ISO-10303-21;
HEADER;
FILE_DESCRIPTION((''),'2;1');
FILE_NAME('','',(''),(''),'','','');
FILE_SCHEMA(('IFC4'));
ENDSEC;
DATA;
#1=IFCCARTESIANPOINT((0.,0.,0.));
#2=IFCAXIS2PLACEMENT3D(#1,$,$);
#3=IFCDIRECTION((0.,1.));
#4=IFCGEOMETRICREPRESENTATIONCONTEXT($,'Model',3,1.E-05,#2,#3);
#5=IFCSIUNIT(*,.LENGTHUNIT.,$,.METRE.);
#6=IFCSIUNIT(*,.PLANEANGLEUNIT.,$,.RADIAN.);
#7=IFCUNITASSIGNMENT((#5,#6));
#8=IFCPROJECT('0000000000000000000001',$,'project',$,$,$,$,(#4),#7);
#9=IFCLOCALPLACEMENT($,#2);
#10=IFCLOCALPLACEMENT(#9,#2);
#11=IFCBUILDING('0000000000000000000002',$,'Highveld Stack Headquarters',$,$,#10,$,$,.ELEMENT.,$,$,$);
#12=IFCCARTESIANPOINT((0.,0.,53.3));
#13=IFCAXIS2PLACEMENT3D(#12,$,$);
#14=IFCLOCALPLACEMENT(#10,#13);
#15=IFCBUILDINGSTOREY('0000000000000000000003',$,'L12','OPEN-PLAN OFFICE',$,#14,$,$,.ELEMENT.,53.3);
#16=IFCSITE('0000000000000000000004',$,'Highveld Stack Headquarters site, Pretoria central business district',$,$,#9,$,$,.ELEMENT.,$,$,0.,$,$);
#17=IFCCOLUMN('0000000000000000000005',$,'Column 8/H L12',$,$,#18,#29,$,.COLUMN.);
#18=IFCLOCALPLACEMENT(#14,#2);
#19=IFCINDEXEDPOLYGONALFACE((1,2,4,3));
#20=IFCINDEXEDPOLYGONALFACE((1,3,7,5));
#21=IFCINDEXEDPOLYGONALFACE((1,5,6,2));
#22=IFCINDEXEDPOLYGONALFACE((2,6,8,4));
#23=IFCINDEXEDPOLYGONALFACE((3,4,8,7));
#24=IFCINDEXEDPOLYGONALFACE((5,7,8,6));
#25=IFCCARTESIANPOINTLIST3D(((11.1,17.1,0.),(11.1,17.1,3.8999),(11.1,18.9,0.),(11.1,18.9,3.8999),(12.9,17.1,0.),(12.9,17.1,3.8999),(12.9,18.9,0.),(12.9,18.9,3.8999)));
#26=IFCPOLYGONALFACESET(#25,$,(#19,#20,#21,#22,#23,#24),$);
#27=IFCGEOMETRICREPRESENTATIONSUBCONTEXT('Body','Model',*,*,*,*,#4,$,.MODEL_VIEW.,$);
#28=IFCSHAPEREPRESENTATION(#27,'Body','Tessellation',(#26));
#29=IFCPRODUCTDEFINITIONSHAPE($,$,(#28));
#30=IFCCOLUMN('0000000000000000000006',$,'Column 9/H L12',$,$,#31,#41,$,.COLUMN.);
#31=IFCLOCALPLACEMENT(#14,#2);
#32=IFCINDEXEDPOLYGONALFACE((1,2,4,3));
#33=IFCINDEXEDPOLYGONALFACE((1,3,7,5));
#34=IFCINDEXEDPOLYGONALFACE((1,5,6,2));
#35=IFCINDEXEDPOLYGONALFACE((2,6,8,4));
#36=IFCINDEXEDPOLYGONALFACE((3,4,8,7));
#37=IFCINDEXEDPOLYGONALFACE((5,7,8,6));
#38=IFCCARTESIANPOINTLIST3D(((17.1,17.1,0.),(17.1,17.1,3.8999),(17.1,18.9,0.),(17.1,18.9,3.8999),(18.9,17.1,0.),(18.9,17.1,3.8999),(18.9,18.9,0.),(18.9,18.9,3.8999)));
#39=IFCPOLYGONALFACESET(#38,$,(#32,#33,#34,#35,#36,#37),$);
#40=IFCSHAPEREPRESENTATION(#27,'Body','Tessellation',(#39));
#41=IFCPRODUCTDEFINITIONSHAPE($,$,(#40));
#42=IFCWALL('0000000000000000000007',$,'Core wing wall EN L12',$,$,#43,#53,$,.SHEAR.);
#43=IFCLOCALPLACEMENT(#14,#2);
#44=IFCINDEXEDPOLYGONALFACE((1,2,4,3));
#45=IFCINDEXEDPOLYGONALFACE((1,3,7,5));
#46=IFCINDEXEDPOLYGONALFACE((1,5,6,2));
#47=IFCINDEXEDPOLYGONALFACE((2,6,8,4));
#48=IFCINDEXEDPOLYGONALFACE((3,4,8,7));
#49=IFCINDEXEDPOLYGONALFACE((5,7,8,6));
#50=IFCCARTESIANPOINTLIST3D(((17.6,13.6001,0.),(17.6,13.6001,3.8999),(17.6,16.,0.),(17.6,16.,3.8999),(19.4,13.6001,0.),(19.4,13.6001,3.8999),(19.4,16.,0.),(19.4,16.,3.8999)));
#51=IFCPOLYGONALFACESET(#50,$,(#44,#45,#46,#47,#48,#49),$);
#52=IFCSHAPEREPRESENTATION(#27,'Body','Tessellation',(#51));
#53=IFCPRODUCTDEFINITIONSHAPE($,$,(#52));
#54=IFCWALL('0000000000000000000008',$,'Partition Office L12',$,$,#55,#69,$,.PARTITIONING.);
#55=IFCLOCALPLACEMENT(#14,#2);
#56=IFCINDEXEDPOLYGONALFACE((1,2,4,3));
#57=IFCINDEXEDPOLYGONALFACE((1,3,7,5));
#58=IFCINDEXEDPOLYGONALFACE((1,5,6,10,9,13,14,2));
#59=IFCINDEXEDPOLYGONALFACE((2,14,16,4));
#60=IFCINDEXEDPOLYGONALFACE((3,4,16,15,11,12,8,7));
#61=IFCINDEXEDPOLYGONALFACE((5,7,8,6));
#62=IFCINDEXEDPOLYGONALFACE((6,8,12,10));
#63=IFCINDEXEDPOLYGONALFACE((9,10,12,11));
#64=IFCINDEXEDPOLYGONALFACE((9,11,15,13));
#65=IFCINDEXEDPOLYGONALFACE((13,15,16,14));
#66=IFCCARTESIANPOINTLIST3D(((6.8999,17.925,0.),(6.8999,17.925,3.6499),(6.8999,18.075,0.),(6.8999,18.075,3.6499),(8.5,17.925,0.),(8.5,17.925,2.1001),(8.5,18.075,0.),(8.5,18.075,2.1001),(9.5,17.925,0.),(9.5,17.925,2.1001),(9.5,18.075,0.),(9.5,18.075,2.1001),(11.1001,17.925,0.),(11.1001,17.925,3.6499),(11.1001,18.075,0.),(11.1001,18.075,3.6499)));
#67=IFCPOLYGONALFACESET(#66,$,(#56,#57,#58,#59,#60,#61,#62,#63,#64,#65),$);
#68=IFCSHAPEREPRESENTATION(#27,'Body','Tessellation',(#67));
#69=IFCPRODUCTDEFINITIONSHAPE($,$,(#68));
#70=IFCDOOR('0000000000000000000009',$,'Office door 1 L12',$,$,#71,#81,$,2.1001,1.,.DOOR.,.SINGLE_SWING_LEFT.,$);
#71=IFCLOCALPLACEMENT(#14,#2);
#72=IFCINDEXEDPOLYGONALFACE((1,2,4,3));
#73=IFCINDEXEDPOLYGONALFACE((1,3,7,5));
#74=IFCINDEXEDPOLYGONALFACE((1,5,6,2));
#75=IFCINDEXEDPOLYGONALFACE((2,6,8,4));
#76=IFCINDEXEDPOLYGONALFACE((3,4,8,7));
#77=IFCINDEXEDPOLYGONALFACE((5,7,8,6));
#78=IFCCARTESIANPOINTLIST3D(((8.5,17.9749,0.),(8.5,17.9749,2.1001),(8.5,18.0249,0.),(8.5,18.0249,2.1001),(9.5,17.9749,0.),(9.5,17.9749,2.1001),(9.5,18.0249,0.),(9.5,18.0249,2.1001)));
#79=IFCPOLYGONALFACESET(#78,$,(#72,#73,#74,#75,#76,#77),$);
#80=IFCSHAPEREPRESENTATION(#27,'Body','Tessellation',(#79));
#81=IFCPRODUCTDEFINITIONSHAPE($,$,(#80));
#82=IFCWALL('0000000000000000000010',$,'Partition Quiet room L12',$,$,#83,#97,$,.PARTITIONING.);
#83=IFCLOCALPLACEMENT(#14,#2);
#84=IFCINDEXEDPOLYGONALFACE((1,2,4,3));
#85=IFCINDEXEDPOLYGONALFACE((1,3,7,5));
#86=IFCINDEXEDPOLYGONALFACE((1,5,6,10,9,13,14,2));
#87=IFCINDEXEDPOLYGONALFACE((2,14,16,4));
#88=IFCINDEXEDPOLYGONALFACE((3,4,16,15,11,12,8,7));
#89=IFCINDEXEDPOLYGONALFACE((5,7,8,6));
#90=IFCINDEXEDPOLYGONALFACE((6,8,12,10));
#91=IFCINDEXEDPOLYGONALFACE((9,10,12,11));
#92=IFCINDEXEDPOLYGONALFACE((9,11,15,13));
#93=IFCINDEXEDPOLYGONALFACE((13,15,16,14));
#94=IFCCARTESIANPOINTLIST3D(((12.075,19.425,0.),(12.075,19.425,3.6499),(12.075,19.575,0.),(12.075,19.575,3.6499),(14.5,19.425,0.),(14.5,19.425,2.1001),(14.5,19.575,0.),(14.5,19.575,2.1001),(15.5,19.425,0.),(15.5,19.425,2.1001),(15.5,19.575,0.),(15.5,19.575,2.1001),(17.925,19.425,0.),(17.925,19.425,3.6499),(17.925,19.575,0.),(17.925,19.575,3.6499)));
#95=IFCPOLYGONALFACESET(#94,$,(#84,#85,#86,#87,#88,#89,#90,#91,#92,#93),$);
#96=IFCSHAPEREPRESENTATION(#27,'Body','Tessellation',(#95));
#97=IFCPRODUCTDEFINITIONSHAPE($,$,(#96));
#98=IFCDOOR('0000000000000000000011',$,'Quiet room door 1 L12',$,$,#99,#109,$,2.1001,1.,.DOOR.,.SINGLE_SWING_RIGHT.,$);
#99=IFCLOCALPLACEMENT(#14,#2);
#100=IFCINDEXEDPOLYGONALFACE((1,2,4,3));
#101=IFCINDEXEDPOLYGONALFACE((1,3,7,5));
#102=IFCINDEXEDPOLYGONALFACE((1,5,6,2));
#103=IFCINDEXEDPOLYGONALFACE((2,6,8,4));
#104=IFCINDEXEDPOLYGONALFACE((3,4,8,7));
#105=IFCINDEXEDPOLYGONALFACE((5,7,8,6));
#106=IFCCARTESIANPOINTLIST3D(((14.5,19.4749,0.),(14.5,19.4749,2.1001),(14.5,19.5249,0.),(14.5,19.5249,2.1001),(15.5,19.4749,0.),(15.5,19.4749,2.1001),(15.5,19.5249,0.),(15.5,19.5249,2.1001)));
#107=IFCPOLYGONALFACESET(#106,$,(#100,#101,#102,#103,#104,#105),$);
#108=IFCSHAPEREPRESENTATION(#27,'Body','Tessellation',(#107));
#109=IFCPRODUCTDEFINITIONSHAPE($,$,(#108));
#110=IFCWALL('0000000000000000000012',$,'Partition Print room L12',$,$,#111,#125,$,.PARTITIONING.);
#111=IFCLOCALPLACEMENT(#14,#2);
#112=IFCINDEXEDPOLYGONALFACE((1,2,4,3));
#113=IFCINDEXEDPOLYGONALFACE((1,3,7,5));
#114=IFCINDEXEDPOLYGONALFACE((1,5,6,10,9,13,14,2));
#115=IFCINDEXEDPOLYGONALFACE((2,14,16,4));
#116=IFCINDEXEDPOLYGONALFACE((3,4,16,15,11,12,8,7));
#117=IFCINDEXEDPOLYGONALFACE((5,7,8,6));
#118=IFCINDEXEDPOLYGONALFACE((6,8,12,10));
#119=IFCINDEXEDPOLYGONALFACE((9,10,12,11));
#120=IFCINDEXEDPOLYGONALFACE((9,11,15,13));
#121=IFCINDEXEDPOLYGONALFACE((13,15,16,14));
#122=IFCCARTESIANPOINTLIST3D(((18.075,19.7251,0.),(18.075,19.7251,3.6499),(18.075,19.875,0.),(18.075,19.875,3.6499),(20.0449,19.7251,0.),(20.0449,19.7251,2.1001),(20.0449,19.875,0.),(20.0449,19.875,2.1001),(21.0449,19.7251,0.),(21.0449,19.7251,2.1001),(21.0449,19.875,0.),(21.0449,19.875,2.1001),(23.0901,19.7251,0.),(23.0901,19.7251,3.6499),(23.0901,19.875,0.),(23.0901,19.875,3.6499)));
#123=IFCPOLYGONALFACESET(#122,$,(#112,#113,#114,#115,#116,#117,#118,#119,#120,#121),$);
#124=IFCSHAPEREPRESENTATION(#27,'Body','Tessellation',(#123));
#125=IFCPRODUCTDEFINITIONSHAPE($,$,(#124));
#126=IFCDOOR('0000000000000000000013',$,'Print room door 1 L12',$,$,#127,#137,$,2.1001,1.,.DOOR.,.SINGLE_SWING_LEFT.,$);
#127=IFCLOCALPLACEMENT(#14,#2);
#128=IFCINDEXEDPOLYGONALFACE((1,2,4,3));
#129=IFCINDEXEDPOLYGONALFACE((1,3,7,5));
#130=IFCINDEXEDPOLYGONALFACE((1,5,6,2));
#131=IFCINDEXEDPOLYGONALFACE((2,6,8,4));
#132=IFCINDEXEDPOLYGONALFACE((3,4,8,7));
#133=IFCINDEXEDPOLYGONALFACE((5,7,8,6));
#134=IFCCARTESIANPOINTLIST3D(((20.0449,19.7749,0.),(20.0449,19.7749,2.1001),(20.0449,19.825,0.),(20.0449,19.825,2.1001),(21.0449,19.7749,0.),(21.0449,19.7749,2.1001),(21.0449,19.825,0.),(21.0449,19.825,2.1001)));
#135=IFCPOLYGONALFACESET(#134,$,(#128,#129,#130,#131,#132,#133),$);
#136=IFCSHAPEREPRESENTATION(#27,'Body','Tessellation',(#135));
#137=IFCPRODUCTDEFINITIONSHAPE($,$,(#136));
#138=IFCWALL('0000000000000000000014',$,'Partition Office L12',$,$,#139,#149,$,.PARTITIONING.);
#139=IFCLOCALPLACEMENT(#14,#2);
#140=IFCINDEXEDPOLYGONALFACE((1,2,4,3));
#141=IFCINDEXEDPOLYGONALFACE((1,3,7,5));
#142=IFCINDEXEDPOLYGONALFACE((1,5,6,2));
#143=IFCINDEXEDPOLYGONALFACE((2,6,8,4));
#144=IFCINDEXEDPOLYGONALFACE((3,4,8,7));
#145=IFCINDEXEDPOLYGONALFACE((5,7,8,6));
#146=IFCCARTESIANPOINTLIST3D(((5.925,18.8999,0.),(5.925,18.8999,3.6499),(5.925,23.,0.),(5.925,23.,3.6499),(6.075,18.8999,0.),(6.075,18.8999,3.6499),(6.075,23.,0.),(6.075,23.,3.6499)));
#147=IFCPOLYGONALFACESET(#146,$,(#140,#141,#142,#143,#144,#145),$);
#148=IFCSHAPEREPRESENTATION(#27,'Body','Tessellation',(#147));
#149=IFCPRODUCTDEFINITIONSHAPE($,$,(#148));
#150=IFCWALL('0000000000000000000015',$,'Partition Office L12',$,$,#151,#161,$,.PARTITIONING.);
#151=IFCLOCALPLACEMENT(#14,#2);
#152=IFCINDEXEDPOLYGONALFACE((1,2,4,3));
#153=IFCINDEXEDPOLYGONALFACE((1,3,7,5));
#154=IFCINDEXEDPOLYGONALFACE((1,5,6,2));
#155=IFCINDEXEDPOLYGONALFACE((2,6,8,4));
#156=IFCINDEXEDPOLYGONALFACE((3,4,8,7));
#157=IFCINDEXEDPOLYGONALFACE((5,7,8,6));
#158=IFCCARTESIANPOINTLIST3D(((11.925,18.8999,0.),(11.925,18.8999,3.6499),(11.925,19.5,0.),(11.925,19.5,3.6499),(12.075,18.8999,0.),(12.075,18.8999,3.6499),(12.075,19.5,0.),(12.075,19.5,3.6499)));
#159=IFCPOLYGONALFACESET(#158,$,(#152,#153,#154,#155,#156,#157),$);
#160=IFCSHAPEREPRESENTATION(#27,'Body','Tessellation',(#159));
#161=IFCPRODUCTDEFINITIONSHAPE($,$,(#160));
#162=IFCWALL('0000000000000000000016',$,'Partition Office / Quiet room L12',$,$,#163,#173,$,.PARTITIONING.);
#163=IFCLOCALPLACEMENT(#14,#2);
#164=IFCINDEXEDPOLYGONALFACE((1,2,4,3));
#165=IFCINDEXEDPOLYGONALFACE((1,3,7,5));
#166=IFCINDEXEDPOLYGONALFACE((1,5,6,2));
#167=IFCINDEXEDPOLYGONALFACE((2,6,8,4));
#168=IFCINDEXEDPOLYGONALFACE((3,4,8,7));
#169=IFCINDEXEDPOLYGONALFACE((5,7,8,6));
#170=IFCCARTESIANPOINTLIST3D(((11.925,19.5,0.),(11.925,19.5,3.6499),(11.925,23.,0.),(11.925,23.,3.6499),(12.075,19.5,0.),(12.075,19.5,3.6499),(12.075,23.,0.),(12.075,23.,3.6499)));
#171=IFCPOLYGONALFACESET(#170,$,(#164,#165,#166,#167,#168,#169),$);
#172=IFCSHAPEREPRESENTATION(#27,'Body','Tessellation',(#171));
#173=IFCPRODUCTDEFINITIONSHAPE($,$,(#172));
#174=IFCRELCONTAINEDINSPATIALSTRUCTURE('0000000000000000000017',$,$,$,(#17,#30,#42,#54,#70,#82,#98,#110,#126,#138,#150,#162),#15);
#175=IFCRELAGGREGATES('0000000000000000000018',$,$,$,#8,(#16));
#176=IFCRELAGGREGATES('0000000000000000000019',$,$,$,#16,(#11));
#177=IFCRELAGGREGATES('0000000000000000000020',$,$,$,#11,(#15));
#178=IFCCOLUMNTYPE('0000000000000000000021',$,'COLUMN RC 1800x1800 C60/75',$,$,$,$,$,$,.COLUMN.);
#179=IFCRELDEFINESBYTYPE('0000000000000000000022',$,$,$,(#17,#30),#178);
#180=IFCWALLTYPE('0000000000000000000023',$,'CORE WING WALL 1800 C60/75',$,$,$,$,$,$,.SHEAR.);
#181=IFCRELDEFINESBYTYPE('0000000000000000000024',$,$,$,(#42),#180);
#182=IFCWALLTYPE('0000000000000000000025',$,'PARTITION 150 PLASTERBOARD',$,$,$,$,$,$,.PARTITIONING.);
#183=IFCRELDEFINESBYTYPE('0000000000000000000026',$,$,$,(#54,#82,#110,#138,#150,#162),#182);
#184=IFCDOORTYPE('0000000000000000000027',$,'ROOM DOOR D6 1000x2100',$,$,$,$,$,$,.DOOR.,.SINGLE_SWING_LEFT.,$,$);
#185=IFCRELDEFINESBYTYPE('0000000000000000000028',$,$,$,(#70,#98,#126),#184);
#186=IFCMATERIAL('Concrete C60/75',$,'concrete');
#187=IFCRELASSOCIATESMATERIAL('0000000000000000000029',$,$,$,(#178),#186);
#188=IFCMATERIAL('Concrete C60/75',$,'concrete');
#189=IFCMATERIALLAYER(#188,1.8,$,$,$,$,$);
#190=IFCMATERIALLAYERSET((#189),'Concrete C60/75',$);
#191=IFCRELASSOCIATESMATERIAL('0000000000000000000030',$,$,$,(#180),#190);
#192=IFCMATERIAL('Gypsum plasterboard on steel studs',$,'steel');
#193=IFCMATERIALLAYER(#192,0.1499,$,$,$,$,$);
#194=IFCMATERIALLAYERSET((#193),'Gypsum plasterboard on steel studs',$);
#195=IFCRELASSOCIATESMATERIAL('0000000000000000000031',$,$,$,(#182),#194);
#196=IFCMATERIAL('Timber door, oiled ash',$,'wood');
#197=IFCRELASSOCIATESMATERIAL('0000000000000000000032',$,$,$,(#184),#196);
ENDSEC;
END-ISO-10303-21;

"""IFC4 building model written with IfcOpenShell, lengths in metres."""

from ifc_helpers import new_model, si_unit, direction, frame, frame_2d, origin, origin_2d, place, context, subcontext, project, spatial, rectangle, extrude, material, layer, layer_set, material_profile, profile_set, type_object, element, fill, save


model = new_model("IFC4")

# Units and contexts
model_context = context("Model", 3, precision=1e-05, world=origin(), true_north=direction((0.0, 1.0)))
body_context = subcontext(model_context, "Body", "Model", "MODEL_VIEW")
ifc_project = project(units=[si_unit("LENGTHUNIT", "METRE"), si_unit("PLANEANGLEUNIT", "RADIAN")], contexts=[model_context])

# Site, building, storey
site_placement = place(None, origin())
site = spatial("IfcSite", under=ifc_project, at=site_placement, Name="Highveld Stack Headquarters site, Pretoria central business district", CompositionType="ELEMENT", RefElevation=0.0)
building_placement = place(site_placement, origin())
building = spatial("IfcBuilding", under=site, at=building_placement, Name="Highveld Stack Headquarters", CompositionType="ELEMENT")
storey_placement = place(building_placement, frame((0.0, 0.0, 53.3)))
storey = spatial("IfcBuildingStorey", under=building, at=storey_placement, Name="L12", Description="OPEN-PLAN OFFICE", CompositionType="ELEMENT", Elevation=53.3)

# Columns
ifc_material_1 = material(Name="Concrete C60/75", Category="concrete")
ifc_material_profile = material_profile(ifc_material_1, rectangle(XDim=1.8, YDim=1.8, at=origin_2d()), Name="RC 1800x1800")
ifc_profile_set = profile_set([ifc_material_profile], Name="Concrete C60/75")
column_type = type_object("IfcColumnType", Name="COLUMN RC 1800x1800 C60/75", PredefinedType="COLUMN", material=ifc_profile_set)
for number, where, z_axis, x_axis, name in (
    (1, (12.0, 18.0, 0.0), (0.0, 0.0, 1.0), (1.0, 0.0, 0.0), "Column 8/H L12"),
    (2, (18.0, 18.0, 0.0), (0.0, 0.0, 1.0), (1.0, 0.0, 0.0), "Column 9/H L12"),
):
    element("IfcColumn", number, at=place(storey_placement, frame(where, z_axis=z_axis, x_axis=x_axis)), inside=storey, type_object=column_type, Name=name, PredefinedType="COLUMN", context=body_context, shape_type="SweptSolid", body=[
        extrude(rectangle(XDim=1.8, YDim=1.8, at=origin_2d()), origin(), (0.0, 0.0, 1.0), 3.8999),
    ])

# Wall
ifc_material_2 = material(Name="Concrete C60/75", Category="concrete")
ifc_layer_1 = layer(ifc_material_2, 1.8)
ifc_layer_set_1 = layer_set([ifc_layer_1], Name="Concrete C60/75")
wall_type_1 = type_object("IfcWallType", Name="CORE WING WALL 1800 C60/75", PredefinedType="SHEAR", material=ifc_layer_set_1)
wall_1_placement = place(storey_placement, frame((18.5, 13.6001, 0.0), z_axis=(0.0, 0.0, 1.0), x_axis=(0.0, 1.0, 0.0)))
element("IfcWall", 3, at=wall_1_placement, inside=storey, type_object=wall_type_1, Name="Core wing wall EN L12", PredefinedType="SHEAR", context=body_context, shape_type="SweptSolid", body=[
    extrude(rectangle(XDim=2.3999, YDim=1.8, at=frame_2d((1.2, 0.0))), origin(), (0.0, 0.0, 1.0), 3.8999),
])

# Walls, openings, doors
ifc_material_3 = material(Name="Gypsum plasterboard on steel studs", Category="steel")
ifc_layer_2 = layer(ifc_material_3, 0.1499)
ifc_layer_set_2 = layer_set([ifc_layer_2], Name="Gypsum plasterboard on steel studs")
wall_type_2 = type_object("IfcWallType", Name="PARTITION 150 PLASTERBOARD", PredefinedType="PARTITIONING", material=ifc_layer_set_2)
wall_2_placement = place(storey_placement, frame((6.8999, 18.0, 0.0), z_axis=(0.0, 0.0, 1.0), x_axis=(1.0, 0.0, 0.0)))
wall_2 = element("IfcWall", 4, at=wall_2_placement, inside=storey, type_object=wall_type_2, Name="Partition Office L12", PredefinedType="PARTITIONING", context=body_context, shape_type="SweptSolid", body=[
    extrude(rectangle(XDim=4.2002, YDim=0.1499, at=frame_2d((2.1001, 0.0))), origin(), (0.0, 0.0, 1.0), 3.6499),
])
opening_1_placement = place(wall_2_placement, frame((1.6001, 0.0, 0.0)))
opening_1 = element("IfcOpeningElement", 5, at=opening_1_placement, cuts=wall_2, PredefinedType="OPENING", context=body_context, shape_type="SweptSolid", body=[
    extrude(rectangle(XDim=1.0, YDim=2.1001, at=frame_2d((0.5, 1.05))), frame((0.0, 0.085, 0.0), z_axis=(0.0, -1.0, 0.0), x_axis=(1.0, 0.0, 0.0)), (0.0, 0.0, 1.0), 0.1699),
])
ifc_material_4 = material(Name="Timber door, oiled ash", Category="wood")
door_type = type_object("IfcDoorType", Name="ROOM DOOR D6 1000x2100", OperationType="SINGLE_SWING_LEFT", PredefinedType="DOOR", material=ifc_material_4)
door_1_placement = place(opening_1_placement, origin())
door_1 = element("IfcDoor", 6, at=door_1_placement, inside=storey, type_object=door_type, Name="Office door 1 L12", OperationType="SINGLE_SWING_LEFT", OverallHeight=2.1001, OverallWidth=1.0, PredefinedType="DOOR", context=body_context, shape_type="SweptSolid", body=[
    extrude(rectangle(XDim=1.0, YDim=2.1001, at=frame_2d((0.5, 1.05))), frame((0.0, 0.0249, 0.0), z_axis=(0.0, -1.0, 0.0), x_axis=(1.0, 0.0, 0.0)), (0.0, 0.0, 1.0), 0.05),
])
fill(opening_1, door_1)
wall_3_placement = place(storey_placement, frame((12.075, 19.5, 0.0), z_axis=(0.0, 0.0, 1.0), x_axis=(1.0, 0.0, 0.0)))
wall_3 = element("IfcWall", 7, at=wall_3_placement, inside=storey, type_object=wall_type_2, Name="Partition Quiet room L12", PredefinedType="PARTITIONING", context=body_context, shape_type="SweptSolid", body=[
    extrude(rectangle(XDim=5.8501, YDim=0.1499, at=frame_2d((2.925, 0.0))), origin(), (0.0, 0.0, 1.0), 3.6499),
])
opening_2_placement = place(wall_3_placement, frame((2.425, 0.0, 0.0)))
opening_2 = element("IfcOpeningElement", 8, at=opening_2_placement, cuts=wall_3, PredefinedType="OPENING", context=body_context, shape_type="SweptSolid", body=[
    extrude(rectangle(XDim=1.0, YDim=2.1001, at=frame_2d((0.5, 1.05))), frame((0.0, 0.085, 0.0), z_axis=(0.0, -1.0, 0.0), x_axis=(1.0, 0.0, 0.0)), (0.0, 0.0, 1.0), 0.1699),
])
door_2_placement = place(opening_2_placement, origin())
door_2 = element("IfcDoor", 9, at=door_2_placement, inside=storey, type_object=door_type, Name="Quiet room door 1 L12", OperationType="SINGLE_SWING_RIGHT", OverallHeight=2.1001, OverallWidth=1.0, PredefinedType="DOOR", context=body_context, shape_type="SweptSolid", body=[
    extrude(rectangle(XDim=1.0, YDim=2.1001, at=frame_2d((0.5, 1.05))), frame((0.0, 0.0249, 0.0), z_axis=(0.0, -1.0, 0.0), x_axis=(1.0, 0.0, 0.0)), (0.0, 0.0, 1.0), 0.05),
])
fill(opening_2, door_2)
wall_4_placement = place(storey_placement, frame((18.075, 19.8, 0.0), z_axis=(0.0, 0.0, 1.0), x_axis=(1.0, 0.0, 0.0)))
wall_4 = element("IfcWall", 10, at=wall_4_placement, inside=storey, type_object=wall_type_2, Name="Partition Print room L12", PredefinedType="PARTITIONING", context=body_context, shape_type="SweptSolid", body=[
    extrude(rectangle(XDim=5.0151, YDim=0.1499, at=frame_2d((2.5076, 0.0))), origin(), (0.0, 0.0, 1.0), 3.6499),
])
opening_3_placement = place(wall_4_placement, frame((1.97, 0.0, 0.0)))
opening_3 = element("IfcOpeningElement", 11, at=opening_3_placement, cuts=wall_4, PredefinedType="OPENING", context=body_context, shape_type="SweptSolid", body=[
    extrude(rectangle(XDim=1.0, YDim=2.1001, at=frame_2d((0.5, 1.05))), frame((0.0, 0.085, 0.0), z_axis=(0.0, -1.0, 0.0), x_axis=(1.0, 0.0, 0.0)), (0.0, 0.0, 1.0), 0.1699),
])
door_3_placement = place(opening_3_placement, origin())
door_3 = element("IfcDoor", 12, at=door_3_placement, inside=storey, type_object=door_type, Name="Print room door 1 L12", OperationType="SINGLE_SWING_LEFT", OverallHeight=2.1001, OverallWidth=1.0, PredefinedType="DOOR", context=body_context, shape_type="SweptSolid", body=[
    extrude(rectangle(XDim=1.0, YDim=2.1001, at=frame_2d((0.5, 1.05))), frame((0.0, 0.0249, 0.0), z_axis=(0.0, -1.0, 0.0), x_axis=(1.0, 0.0, 0.0)), (0.0, 0.0, 1.0), 0.05),
])
fill(opening_3, door_3)

# Walls
wall_5_placement = place(storey_placement, frame((6.0, 18.8999, 0.0), z_axis=(0.0, 0.0, 1.0), x_axis=(0.0, 1.0, 0.0)))
element("IfcWall", 13, at=wall_5_placement, inside=storey, type_object=wall_type_2, Name="Partition Office L12", PredefinedType="PARTITIONING", context=body_context, shape_type="SweptSolid", body=[
    extrude(rectangle(XDim=4.1001, YDim=0.1499, at=frame_2d((2.05, 0.0))), origin(), (0.0, 0.0, 1.0), 3.6499),
])
wall_6_placement = place(storey_placement, frame((12.0, 18.8999, 0.0), z_axis=(0.0, 0.0, 1.0), x_axis=(0.0, 1.0, 0.0)))
element("IfcWall", 14, at=wall_6_placement, inside=storey, type_object=wall_type_2, Name="Partition Office L12", PredefinedType="PARTITIONING", context=body_context, shape_type="SweptSolid", body=[
    extrude(rectangle(XDim=0.6001, YDim=0.1499, at=frame_2d((0.3, 0.0))), origin(), (0.0, 0.0, 1.0), 3.6499),
])
wall_7_placement = place(storey_placement, frame((12.0, 19.5, 0.0), z_axis=(0.0, 0.0, 1.0), x_axis=(0.0, 1.0, 0.0)))
element("IfcWall", 15, at=wall_7_placement, inside=storey, type_object=wall_type_2, Name="Partition Office / Quiet room L12", PredefinedType="PARTITIONING", context=body_context, shape_type="SweptSolid", body=[
    extrude(rectangle(XDim=3.5, YDim=0.1499, at=frame_2d((1.75, 0.0))), origin(), (0.0, 0.0, 1.0), 3.6499),
])

save(model, "model.ifc")
